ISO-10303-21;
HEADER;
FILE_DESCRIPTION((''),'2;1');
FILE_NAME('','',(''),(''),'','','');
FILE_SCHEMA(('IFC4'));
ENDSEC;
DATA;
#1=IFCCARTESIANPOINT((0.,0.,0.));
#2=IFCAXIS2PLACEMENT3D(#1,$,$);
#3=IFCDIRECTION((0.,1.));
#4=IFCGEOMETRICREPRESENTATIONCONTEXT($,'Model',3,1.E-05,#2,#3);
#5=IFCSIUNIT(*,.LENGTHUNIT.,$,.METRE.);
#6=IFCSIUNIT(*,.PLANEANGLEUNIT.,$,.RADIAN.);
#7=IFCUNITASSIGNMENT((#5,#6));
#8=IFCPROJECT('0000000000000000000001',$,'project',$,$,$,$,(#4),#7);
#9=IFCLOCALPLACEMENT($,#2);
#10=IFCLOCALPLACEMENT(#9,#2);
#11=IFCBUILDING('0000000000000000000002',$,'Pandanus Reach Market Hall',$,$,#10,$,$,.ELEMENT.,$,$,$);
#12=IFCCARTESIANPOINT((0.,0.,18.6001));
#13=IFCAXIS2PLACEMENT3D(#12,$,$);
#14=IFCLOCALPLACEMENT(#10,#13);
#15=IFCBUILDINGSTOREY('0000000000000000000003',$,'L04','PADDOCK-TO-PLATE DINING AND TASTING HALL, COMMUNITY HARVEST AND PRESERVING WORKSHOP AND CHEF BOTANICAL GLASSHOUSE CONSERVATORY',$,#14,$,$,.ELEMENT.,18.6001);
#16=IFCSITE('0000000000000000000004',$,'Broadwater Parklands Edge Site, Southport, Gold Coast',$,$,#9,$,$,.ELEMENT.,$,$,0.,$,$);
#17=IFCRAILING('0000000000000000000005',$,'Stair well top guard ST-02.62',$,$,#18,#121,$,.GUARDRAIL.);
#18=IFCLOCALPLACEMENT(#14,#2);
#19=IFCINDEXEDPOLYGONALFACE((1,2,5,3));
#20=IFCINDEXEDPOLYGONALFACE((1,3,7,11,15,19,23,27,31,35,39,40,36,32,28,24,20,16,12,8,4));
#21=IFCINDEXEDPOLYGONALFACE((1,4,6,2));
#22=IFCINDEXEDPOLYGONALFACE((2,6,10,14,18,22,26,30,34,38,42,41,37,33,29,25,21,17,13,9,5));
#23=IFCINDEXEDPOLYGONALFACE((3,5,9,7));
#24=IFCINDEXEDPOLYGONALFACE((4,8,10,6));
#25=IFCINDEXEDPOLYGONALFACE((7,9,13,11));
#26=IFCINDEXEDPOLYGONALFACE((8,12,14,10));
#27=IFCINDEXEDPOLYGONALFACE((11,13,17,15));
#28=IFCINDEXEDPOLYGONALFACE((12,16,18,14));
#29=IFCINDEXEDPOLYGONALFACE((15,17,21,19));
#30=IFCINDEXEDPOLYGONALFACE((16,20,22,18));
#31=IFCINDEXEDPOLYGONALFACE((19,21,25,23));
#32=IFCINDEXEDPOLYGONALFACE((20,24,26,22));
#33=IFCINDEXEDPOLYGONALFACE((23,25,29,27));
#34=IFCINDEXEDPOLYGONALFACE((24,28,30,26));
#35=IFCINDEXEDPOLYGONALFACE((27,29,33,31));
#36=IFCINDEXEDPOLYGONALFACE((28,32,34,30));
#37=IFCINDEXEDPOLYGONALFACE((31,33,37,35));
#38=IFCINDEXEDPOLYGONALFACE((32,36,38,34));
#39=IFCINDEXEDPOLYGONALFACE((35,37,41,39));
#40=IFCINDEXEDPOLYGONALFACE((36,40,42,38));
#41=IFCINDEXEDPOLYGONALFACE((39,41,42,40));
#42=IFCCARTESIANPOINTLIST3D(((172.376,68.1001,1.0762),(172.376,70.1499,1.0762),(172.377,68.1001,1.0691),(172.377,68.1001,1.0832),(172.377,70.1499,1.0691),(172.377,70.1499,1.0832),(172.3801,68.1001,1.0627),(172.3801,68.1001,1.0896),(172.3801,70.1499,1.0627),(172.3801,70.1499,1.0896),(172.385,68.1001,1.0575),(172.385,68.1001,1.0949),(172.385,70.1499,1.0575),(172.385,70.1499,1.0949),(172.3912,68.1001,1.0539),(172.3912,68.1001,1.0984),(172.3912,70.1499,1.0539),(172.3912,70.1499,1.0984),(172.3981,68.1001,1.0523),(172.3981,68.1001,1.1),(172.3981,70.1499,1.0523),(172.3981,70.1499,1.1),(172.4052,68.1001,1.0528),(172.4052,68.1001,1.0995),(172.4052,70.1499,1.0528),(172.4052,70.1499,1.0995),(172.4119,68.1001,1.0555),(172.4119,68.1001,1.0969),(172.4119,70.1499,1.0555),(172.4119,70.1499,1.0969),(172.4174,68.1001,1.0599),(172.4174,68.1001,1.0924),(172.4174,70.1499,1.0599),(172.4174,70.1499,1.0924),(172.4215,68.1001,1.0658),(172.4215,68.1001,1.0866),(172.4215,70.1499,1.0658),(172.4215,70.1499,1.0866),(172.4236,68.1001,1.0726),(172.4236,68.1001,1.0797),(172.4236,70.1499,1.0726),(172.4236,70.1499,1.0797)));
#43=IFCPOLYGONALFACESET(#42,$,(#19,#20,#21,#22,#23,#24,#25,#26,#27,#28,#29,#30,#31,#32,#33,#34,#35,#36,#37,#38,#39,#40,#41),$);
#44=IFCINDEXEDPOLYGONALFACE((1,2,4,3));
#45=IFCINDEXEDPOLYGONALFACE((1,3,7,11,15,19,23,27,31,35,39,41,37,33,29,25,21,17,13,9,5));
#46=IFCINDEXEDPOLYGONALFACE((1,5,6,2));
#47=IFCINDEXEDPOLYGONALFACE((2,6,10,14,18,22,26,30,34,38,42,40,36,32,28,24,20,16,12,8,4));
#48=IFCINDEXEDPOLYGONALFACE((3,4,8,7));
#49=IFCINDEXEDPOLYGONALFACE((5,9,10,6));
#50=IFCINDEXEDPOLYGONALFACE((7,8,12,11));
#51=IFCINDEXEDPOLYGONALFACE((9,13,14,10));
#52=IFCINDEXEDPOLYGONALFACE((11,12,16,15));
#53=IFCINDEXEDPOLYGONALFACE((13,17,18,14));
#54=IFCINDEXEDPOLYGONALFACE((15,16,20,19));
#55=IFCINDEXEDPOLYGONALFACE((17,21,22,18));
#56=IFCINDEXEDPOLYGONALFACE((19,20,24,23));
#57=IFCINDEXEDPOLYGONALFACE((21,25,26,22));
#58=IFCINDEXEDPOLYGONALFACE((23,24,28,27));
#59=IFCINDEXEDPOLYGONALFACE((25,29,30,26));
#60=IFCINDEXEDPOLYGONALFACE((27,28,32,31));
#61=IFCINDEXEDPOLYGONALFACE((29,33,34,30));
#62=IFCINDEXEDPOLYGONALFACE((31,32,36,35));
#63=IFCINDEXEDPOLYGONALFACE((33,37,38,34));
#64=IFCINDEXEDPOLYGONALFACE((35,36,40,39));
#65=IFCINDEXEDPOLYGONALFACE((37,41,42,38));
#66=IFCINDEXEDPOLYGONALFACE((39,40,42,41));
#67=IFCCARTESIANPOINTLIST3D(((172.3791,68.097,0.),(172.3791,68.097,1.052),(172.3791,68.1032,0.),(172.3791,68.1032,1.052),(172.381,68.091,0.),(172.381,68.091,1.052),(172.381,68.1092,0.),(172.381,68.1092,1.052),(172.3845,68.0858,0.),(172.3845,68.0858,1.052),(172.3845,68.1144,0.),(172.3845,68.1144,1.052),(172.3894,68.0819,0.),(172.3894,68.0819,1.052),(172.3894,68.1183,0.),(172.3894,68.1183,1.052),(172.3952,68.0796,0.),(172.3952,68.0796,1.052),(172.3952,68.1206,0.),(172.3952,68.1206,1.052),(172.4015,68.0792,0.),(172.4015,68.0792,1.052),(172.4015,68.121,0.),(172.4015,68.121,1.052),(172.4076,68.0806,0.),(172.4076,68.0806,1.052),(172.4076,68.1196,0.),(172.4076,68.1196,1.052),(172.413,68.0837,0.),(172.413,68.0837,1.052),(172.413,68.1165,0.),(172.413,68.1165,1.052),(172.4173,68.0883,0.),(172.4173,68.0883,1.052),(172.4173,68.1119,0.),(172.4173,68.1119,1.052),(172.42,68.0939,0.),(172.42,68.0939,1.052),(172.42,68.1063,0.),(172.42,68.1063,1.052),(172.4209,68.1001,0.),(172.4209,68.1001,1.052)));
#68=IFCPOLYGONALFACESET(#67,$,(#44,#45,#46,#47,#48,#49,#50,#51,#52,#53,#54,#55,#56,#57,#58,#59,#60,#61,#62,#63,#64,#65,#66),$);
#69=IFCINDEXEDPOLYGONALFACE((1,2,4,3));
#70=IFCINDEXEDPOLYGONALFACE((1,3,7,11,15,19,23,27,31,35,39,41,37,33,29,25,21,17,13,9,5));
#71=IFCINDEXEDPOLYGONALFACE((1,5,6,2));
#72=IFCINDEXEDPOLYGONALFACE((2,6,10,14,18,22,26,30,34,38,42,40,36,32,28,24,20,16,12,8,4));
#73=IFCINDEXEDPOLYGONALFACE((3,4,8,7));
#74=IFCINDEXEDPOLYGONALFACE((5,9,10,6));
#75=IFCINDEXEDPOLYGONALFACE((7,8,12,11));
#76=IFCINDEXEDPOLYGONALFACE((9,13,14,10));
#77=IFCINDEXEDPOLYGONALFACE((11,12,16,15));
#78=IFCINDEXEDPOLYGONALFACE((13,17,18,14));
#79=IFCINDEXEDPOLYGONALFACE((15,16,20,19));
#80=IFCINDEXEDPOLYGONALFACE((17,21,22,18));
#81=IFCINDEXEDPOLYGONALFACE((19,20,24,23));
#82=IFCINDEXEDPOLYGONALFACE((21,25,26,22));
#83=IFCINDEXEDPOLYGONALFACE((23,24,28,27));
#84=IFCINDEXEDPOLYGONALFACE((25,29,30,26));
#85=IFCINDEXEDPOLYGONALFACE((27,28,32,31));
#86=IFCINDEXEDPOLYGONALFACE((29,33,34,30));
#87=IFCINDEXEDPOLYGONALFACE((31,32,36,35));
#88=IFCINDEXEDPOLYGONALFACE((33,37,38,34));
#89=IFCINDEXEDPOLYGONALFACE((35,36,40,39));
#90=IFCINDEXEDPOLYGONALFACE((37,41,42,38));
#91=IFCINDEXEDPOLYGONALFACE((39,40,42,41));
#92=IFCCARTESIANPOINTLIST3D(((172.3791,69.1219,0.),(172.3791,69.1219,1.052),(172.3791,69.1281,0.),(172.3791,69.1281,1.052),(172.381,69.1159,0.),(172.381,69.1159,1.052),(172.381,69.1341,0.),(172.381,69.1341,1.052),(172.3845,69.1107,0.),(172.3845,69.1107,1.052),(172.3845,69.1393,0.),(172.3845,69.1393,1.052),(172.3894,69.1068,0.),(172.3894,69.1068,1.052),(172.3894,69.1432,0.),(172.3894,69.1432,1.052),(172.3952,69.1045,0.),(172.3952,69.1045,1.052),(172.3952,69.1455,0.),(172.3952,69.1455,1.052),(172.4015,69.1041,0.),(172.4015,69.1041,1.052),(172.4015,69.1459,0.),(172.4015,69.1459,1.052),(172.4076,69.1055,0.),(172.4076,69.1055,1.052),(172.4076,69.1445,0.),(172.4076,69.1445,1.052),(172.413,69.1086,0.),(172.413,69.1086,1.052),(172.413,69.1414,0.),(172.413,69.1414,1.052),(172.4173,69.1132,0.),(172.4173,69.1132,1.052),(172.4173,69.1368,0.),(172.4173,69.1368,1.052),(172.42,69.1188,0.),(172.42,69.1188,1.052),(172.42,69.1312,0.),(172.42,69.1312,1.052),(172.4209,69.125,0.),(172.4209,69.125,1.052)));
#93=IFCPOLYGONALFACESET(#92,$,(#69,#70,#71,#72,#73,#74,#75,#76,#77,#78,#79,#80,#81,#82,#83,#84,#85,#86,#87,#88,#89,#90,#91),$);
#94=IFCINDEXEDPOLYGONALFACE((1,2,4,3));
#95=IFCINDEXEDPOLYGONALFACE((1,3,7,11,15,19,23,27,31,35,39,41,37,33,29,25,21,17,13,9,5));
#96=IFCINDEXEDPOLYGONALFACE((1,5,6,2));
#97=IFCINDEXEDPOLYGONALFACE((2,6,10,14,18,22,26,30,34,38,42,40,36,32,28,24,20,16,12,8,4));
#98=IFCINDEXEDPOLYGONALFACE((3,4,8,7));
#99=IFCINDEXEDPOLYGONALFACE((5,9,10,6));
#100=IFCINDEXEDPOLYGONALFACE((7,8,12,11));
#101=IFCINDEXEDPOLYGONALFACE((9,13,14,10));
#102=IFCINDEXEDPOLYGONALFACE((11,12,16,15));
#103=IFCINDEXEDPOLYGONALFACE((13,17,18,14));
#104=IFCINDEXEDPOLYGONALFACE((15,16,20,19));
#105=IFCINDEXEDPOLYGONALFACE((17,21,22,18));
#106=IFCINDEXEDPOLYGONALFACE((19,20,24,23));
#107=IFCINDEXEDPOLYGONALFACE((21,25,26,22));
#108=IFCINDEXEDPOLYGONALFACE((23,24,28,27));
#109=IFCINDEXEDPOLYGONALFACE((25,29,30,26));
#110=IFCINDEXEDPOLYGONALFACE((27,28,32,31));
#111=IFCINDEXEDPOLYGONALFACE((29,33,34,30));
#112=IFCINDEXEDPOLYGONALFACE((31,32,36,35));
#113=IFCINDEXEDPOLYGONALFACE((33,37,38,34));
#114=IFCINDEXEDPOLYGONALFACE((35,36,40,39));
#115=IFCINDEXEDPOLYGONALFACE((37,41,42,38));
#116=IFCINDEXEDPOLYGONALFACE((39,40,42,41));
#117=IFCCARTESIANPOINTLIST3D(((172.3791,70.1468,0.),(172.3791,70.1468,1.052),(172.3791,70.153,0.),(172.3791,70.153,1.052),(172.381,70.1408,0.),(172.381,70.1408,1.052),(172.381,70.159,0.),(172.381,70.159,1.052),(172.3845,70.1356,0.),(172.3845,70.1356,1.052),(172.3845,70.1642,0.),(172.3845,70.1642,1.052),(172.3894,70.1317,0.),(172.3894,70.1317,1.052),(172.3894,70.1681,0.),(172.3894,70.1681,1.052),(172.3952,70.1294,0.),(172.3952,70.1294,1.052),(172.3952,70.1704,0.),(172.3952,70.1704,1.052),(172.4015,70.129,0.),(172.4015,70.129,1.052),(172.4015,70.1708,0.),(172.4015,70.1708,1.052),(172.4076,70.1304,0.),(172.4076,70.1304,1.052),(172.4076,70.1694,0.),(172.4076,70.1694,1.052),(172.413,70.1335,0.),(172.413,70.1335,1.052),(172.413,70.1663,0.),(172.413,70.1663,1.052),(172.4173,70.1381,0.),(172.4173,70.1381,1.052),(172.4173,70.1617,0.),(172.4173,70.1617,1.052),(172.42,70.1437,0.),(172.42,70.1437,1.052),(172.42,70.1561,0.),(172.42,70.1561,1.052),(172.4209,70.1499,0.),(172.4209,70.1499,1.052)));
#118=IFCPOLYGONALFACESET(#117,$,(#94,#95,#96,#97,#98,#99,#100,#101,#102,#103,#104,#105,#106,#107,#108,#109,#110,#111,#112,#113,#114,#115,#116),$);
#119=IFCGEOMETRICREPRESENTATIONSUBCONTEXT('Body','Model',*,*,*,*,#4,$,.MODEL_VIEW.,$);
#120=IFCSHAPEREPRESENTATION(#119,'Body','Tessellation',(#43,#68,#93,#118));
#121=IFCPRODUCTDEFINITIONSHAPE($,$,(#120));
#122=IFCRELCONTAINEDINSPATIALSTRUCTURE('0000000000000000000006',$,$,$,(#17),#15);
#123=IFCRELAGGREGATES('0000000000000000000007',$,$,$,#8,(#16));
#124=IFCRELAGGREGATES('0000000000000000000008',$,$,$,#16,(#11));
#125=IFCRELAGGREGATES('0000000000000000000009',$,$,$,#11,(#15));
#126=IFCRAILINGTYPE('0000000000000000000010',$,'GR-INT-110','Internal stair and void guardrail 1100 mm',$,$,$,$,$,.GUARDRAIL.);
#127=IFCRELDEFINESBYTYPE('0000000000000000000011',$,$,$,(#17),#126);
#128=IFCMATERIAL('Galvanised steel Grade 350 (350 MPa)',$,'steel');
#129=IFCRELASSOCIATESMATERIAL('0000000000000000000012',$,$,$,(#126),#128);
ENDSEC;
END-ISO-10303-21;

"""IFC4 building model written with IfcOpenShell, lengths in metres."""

from ifc_helpers import new_model, si_unit, direction, frame, origin, origin_2d, place, context, subcontext, project, spatial, circle, extrude, material, type_object, element, save


model = new_model("IFC4")

# Units and contexts
model_context = context("Model", 3, precision=1e-05, world=origin(), true_north=direction((0.0, 1.0)))
body_context = subcontext(model_context, "Body", "Model", "MODEL_VIEW")
ifc_project = project(units=[si_unit("LENGTHUNIT", "METRE"), si_unit("PLANEANGLEUNIT", "RADIAN")], contexts=[model_context])

# Site, building, storey
site_placement = place(None, origin())
site = spatial("IfcSite", under=ifc_project, at=site_placement, Name="Broadwater Parklands Edge Site, Southport, Gold Coast", CompositionType="ELEMENT", RefElevation=0.0)
building_placement = place(site_placement, origin())
building = spatial("IfcBuilding", under=site, at=building_placement, Name="Pandanus Reach Market Hall", CompositionType="ELEMENT")
storey_placement = place(building_placement, frame((0.0, 0.0, 18.6001)))
storey = spatial("IfcBuildingStorey", under=building, at=storey_placement, Name="L04", Description="PADDOCK-TO-PLATE DINING AND TASTING HALL, COMMUNITY HARVEST AND PRESERVING WORKSHOP AND CHEF BOTANICAL GLASSHOUSE CONSERVATORY", CompositionType="ELEMENT", Elevation=18.6001)

# Railing
ifc_material_1 = material(Name="Galvanised steel Grade 350 (350 MPa)", Category="steel")
railing_type = type_object("IfcRailingType", Name="GR-INT-110", Description="Internal stair and void guardrail 1100 mm", PredefinedType="GUARDRAIL", material=ifc_material_1)
railing_placement = place(storey_placement, frame((172.3999, 68.1001, 0.0)))
element("IfcRailing", 1, at=railing_placement, inside=storey, type_object=railing_type, Name="Stair well top guard ST-02.62", PredefinedType="GUARDRAIL", context=body_context, shape_type="SweptSolid", body=[
    extrude(circle(Radius=0.0239, at=origin_2d()), frame((0.0, 0.0, 1.0762), z_axis=(0.0, 1.0, 0.0), x_axis=(-1.0, 0.0, 0.0)), (0.0, 0.0, 1.0), 2.0498),
    extrude(circle(Radius=0.021, at=origin_2d()), origin(), (0.0, 0.0, 1.0), 1.052),
    extrude(circle(Radius=0.021, at=origin_2d()), frame((0.0, 1.0249, 0.0)), (0.0, 0.0, 1.0), 1.052),
    extrude(circle(Radius=0.021, at=origin_2d()), frame((0.0, 2.0498, 0.0)), (0.0, 0.0, 1.0), 1.052),
])

save(model, "model.ifc")
